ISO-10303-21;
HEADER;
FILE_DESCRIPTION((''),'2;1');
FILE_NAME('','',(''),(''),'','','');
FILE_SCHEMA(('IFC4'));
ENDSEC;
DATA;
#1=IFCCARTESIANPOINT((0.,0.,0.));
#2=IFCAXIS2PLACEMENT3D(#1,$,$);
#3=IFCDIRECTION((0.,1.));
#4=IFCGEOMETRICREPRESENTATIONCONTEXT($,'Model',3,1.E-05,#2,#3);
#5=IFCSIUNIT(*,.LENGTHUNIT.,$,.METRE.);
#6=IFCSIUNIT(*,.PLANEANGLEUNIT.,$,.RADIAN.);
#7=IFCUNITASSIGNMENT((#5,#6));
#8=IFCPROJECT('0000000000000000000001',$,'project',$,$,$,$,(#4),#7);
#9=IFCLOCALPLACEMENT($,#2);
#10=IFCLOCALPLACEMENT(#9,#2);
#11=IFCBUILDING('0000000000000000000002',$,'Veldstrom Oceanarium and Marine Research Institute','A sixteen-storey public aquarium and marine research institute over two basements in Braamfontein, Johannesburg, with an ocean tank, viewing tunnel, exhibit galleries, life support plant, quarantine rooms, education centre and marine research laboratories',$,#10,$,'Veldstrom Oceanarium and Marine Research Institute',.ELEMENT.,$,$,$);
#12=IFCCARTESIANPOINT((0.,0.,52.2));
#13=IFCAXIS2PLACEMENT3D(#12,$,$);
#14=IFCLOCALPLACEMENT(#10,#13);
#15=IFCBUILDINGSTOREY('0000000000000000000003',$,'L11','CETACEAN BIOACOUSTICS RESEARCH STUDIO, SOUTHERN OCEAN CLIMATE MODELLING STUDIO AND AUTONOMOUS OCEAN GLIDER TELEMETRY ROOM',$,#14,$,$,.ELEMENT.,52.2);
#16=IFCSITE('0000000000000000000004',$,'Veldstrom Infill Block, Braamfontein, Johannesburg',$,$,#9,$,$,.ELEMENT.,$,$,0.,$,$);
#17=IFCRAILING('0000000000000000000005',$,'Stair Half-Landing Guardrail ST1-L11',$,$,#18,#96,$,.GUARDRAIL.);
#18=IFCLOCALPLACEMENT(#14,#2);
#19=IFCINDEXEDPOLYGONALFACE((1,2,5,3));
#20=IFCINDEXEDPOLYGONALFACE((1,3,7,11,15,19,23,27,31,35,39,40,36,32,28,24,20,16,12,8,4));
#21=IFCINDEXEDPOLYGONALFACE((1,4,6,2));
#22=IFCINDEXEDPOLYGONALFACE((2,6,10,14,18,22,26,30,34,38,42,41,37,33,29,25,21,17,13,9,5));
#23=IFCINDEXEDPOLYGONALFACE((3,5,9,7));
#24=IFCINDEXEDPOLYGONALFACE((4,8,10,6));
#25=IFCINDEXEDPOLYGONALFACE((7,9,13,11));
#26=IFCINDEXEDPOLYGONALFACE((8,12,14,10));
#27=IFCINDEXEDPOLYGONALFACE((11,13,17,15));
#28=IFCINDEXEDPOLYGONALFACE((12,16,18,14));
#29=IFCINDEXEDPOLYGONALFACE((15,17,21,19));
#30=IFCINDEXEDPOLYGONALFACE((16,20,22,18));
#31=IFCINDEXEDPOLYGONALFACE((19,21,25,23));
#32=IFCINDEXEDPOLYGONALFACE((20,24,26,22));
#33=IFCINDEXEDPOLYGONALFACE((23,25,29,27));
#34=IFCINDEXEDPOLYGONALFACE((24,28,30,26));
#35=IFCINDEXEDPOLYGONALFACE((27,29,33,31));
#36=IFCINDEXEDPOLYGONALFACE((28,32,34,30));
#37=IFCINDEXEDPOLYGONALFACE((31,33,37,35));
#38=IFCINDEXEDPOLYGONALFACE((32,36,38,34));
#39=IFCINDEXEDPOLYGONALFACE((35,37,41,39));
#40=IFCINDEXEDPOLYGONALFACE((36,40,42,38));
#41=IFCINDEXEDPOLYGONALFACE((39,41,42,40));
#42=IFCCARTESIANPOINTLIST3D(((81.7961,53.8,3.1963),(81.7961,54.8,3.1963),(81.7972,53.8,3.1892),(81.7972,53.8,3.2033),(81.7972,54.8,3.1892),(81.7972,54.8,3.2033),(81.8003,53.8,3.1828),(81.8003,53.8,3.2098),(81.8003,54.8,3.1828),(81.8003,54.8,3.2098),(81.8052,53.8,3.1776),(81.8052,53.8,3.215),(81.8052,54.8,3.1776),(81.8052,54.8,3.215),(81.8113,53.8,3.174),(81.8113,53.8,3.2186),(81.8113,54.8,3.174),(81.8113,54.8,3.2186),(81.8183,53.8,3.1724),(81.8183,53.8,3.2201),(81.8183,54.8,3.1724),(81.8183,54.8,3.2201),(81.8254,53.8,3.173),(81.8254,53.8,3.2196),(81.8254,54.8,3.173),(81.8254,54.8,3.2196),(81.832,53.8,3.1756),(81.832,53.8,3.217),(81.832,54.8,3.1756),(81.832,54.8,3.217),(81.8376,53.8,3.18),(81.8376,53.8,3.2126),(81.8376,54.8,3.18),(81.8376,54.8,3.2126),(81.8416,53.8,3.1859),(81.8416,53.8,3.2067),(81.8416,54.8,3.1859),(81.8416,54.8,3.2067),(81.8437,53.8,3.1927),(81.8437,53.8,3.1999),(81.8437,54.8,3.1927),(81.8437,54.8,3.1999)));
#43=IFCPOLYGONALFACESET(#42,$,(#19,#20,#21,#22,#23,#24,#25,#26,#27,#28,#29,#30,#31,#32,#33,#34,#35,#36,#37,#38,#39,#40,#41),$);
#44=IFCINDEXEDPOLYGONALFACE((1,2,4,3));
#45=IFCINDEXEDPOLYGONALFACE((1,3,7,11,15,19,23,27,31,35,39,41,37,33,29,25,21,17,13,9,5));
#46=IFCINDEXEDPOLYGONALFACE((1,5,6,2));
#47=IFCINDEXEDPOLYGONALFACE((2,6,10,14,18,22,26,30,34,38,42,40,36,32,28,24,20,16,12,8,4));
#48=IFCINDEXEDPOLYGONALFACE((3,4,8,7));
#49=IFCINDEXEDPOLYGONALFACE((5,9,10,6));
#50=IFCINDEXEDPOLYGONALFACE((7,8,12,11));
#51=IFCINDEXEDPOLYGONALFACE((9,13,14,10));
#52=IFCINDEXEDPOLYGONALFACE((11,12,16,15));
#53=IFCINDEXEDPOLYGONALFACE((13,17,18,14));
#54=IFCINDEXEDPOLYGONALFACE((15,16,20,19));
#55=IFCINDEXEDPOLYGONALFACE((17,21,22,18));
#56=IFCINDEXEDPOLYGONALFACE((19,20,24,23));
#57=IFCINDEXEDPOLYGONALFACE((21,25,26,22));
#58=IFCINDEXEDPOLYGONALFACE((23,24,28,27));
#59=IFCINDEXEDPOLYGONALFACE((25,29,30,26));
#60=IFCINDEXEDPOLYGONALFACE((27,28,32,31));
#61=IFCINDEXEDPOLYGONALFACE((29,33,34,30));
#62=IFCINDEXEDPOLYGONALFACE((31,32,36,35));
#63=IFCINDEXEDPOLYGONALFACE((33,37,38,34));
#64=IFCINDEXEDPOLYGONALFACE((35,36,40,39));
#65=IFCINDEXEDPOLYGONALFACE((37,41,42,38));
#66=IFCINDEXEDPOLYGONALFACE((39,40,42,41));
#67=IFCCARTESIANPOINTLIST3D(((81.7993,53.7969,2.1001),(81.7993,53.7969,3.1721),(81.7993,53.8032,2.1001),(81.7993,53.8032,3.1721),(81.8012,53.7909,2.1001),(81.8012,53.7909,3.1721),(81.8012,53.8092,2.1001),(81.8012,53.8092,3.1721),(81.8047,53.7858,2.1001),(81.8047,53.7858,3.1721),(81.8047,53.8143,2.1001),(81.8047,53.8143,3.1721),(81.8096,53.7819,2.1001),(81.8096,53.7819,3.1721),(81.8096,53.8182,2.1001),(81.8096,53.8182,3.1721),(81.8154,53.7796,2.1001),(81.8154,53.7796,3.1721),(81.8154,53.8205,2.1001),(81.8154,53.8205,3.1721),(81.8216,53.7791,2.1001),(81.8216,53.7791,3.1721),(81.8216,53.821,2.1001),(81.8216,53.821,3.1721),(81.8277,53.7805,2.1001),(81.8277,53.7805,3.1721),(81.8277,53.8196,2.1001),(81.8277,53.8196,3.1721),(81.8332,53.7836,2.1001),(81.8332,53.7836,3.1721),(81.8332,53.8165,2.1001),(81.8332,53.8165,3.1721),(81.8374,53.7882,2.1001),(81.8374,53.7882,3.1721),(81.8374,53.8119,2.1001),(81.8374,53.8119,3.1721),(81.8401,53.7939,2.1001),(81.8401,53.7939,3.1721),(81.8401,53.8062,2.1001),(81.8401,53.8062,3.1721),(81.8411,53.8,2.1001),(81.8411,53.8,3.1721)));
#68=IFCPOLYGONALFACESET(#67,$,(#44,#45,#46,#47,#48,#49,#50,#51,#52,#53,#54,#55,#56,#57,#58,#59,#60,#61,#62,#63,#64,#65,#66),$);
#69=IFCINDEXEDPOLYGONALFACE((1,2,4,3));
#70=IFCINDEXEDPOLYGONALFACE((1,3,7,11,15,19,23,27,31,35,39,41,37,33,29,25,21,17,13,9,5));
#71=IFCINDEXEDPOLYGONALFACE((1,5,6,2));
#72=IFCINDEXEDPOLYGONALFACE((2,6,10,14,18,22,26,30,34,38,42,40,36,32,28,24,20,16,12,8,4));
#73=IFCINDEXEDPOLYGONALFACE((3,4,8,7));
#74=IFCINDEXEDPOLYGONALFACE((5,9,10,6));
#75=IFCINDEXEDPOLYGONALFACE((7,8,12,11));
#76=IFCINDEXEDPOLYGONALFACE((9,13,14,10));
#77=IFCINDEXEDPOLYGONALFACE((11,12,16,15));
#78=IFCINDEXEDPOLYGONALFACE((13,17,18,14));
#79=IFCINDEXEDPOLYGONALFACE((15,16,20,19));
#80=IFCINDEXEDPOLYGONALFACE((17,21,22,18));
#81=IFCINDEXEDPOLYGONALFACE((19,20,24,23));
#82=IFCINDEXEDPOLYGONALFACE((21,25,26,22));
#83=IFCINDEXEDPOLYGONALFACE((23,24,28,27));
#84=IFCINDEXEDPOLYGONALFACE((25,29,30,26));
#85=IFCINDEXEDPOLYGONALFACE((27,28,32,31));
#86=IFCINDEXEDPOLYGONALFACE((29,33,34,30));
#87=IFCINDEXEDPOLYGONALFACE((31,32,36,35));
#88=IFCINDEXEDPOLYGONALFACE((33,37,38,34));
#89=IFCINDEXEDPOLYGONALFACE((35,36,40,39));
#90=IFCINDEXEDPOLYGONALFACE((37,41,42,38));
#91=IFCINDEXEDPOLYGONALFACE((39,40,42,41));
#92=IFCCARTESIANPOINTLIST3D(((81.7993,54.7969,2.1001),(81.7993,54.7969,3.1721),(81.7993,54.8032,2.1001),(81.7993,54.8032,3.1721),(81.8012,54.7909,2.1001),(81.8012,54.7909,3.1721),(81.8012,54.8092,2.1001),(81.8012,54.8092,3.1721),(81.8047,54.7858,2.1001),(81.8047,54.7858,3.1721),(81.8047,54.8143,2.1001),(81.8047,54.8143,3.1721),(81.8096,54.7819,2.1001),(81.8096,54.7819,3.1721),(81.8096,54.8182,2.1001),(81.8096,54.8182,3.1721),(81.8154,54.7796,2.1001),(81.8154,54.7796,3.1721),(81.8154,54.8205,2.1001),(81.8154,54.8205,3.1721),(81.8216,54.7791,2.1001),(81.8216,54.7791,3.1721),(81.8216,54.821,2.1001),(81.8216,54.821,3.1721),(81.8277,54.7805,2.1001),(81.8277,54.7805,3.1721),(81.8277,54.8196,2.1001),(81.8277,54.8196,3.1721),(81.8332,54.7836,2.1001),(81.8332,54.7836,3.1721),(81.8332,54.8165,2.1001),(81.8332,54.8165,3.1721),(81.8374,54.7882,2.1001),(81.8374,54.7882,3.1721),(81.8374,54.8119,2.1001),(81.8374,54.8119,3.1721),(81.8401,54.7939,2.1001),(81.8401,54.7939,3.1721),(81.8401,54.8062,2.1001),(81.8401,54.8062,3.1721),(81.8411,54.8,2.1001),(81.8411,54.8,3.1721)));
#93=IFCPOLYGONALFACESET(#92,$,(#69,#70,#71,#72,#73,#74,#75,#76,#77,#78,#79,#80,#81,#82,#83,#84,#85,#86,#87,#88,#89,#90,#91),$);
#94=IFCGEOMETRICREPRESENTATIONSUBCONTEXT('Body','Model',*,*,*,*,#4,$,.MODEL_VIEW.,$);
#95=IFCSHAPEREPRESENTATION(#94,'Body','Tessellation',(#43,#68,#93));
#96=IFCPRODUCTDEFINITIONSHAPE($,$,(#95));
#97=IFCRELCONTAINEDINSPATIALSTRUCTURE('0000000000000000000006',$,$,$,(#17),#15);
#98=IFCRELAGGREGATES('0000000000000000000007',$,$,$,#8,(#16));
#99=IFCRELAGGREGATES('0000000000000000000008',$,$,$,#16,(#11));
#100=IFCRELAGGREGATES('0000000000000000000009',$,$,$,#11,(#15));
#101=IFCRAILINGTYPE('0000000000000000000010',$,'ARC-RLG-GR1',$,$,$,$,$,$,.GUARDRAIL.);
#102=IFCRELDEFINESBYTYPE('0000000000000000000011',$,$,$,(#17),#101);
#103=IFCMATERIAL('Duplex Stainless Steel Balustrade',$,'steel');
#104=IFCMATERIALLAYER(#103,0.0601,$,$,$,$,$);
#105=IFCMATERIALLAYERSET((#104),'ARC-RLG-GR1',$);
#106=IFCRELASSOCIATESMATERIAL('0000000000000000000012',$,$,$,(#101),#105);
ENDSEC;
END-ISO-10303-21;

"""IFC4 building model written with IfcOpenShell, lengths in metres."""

from ifc_helpers import new_model, si_unit, direction, frame, origin, origin_2d, place, context, subcontext, project, spatial, circle, extrude, material, layer, layer_set, type_object, element, save


model = new_model("IFC4")

# Units and contexts
model_context = context("Model", 3, precision=1e-05, world=origin(), true_north=direction((0.0, 1.0)))
body_context = subcontext(model_context, "Body", "Model", "MODEL_VIEW")
ifc_project = project(units=[si_unit("LENGTHUNIT", "METRE"), si_unit("PLANEANGLEUNIT", "RADIAN")], contexts=[model_context])

# Site, building, storey
site_placement = place(None, origin())
site = spatial("IfcSite", under=ifc_project, at=site_placement, Name="Veldstrom Infill Block, Braamfontein, Johannesburg", CompositionType="ELEMENT", RefElevation=0.0)
building_placement = place(site_placement, origin())
building = spatial("IfcBuilding", under=site, at=building_placement, Name="Veldstrom Oceanarium and Marine Research Institute", Description="A sixteen-storey public aquarium and marine research institute over two basements in Braamfontein, Johannesburg, with an ocean tank, viewing tunnel, exhibit galleries, life support plant, quarantine rooms, education centre and marine research laboratories", LongName="Veldstrom Oceanarium and Marine Research Institute", CompositionType="ELEMENT")
storey_placement = place(building_placement, frame((0.0, 0.0, 52.2)))
storey = spatial("IfcBuildingStorey", under=building, at=storey_placement, Name="L11", Description="CETACEAN BIOACOUSTICS RESEARCH STUDIO, SOUTHERN OCEAN CLIMATE MODELLING STUDIO AND AUTONOMOUS OCEAN GLIDER TELEMETRY ROOM", CompositionType="ELEMENT", Elevation=52.2)

# Railing
ifc_material_1 = material(Name="Duplex Stainless Steel Balustrade", Category="steel")
ifc_layer_1 = layer(ifc_material_1, 0.0601)
ifc_layer_set_1 = layer_set([ifc_layer_1], Name="ARC-RLG-GR1")
railing_type_1 = type_object("IfcRailingType", Name="ARC-RLG-GR1", PredefinedType="GUARDRAIL", material=ifc_layer_set_1)
railing_1_placement = place(storey_placement, frame((81.8201, 53.8, 2.1001)))
element("IfcRailing", 1, at=railing_1_placement, inside=storey, type_object=railing_type_1, Name="Stair Half-Landing Guardrail ST1-L11", PredefinedType="GUARDRAIL", context=body_context, shape_type="SweptSolid", body=[
    extrude(circle(Radius=0.0239, at=origin_2d()), frame((0.0, 0.0, 1.0962), z_axis=(0.0, 1.0, 0.0), x_axis=(-1.0, 0.0, 0.0)), (0.0, 0.0, 1.0), 1.0),
    extrude(circle(Radius=0.021, at=origin_2d()), origin(), (0.0, 0.0, 1.0), 1.072),
    extrude(circle(Radius=0.021, at=origin_2d()), frame((0.0, 1.0, 0.0)), (0.0, 0.0, 1.0), 1.072),
])

save(model, "model.ifc")
